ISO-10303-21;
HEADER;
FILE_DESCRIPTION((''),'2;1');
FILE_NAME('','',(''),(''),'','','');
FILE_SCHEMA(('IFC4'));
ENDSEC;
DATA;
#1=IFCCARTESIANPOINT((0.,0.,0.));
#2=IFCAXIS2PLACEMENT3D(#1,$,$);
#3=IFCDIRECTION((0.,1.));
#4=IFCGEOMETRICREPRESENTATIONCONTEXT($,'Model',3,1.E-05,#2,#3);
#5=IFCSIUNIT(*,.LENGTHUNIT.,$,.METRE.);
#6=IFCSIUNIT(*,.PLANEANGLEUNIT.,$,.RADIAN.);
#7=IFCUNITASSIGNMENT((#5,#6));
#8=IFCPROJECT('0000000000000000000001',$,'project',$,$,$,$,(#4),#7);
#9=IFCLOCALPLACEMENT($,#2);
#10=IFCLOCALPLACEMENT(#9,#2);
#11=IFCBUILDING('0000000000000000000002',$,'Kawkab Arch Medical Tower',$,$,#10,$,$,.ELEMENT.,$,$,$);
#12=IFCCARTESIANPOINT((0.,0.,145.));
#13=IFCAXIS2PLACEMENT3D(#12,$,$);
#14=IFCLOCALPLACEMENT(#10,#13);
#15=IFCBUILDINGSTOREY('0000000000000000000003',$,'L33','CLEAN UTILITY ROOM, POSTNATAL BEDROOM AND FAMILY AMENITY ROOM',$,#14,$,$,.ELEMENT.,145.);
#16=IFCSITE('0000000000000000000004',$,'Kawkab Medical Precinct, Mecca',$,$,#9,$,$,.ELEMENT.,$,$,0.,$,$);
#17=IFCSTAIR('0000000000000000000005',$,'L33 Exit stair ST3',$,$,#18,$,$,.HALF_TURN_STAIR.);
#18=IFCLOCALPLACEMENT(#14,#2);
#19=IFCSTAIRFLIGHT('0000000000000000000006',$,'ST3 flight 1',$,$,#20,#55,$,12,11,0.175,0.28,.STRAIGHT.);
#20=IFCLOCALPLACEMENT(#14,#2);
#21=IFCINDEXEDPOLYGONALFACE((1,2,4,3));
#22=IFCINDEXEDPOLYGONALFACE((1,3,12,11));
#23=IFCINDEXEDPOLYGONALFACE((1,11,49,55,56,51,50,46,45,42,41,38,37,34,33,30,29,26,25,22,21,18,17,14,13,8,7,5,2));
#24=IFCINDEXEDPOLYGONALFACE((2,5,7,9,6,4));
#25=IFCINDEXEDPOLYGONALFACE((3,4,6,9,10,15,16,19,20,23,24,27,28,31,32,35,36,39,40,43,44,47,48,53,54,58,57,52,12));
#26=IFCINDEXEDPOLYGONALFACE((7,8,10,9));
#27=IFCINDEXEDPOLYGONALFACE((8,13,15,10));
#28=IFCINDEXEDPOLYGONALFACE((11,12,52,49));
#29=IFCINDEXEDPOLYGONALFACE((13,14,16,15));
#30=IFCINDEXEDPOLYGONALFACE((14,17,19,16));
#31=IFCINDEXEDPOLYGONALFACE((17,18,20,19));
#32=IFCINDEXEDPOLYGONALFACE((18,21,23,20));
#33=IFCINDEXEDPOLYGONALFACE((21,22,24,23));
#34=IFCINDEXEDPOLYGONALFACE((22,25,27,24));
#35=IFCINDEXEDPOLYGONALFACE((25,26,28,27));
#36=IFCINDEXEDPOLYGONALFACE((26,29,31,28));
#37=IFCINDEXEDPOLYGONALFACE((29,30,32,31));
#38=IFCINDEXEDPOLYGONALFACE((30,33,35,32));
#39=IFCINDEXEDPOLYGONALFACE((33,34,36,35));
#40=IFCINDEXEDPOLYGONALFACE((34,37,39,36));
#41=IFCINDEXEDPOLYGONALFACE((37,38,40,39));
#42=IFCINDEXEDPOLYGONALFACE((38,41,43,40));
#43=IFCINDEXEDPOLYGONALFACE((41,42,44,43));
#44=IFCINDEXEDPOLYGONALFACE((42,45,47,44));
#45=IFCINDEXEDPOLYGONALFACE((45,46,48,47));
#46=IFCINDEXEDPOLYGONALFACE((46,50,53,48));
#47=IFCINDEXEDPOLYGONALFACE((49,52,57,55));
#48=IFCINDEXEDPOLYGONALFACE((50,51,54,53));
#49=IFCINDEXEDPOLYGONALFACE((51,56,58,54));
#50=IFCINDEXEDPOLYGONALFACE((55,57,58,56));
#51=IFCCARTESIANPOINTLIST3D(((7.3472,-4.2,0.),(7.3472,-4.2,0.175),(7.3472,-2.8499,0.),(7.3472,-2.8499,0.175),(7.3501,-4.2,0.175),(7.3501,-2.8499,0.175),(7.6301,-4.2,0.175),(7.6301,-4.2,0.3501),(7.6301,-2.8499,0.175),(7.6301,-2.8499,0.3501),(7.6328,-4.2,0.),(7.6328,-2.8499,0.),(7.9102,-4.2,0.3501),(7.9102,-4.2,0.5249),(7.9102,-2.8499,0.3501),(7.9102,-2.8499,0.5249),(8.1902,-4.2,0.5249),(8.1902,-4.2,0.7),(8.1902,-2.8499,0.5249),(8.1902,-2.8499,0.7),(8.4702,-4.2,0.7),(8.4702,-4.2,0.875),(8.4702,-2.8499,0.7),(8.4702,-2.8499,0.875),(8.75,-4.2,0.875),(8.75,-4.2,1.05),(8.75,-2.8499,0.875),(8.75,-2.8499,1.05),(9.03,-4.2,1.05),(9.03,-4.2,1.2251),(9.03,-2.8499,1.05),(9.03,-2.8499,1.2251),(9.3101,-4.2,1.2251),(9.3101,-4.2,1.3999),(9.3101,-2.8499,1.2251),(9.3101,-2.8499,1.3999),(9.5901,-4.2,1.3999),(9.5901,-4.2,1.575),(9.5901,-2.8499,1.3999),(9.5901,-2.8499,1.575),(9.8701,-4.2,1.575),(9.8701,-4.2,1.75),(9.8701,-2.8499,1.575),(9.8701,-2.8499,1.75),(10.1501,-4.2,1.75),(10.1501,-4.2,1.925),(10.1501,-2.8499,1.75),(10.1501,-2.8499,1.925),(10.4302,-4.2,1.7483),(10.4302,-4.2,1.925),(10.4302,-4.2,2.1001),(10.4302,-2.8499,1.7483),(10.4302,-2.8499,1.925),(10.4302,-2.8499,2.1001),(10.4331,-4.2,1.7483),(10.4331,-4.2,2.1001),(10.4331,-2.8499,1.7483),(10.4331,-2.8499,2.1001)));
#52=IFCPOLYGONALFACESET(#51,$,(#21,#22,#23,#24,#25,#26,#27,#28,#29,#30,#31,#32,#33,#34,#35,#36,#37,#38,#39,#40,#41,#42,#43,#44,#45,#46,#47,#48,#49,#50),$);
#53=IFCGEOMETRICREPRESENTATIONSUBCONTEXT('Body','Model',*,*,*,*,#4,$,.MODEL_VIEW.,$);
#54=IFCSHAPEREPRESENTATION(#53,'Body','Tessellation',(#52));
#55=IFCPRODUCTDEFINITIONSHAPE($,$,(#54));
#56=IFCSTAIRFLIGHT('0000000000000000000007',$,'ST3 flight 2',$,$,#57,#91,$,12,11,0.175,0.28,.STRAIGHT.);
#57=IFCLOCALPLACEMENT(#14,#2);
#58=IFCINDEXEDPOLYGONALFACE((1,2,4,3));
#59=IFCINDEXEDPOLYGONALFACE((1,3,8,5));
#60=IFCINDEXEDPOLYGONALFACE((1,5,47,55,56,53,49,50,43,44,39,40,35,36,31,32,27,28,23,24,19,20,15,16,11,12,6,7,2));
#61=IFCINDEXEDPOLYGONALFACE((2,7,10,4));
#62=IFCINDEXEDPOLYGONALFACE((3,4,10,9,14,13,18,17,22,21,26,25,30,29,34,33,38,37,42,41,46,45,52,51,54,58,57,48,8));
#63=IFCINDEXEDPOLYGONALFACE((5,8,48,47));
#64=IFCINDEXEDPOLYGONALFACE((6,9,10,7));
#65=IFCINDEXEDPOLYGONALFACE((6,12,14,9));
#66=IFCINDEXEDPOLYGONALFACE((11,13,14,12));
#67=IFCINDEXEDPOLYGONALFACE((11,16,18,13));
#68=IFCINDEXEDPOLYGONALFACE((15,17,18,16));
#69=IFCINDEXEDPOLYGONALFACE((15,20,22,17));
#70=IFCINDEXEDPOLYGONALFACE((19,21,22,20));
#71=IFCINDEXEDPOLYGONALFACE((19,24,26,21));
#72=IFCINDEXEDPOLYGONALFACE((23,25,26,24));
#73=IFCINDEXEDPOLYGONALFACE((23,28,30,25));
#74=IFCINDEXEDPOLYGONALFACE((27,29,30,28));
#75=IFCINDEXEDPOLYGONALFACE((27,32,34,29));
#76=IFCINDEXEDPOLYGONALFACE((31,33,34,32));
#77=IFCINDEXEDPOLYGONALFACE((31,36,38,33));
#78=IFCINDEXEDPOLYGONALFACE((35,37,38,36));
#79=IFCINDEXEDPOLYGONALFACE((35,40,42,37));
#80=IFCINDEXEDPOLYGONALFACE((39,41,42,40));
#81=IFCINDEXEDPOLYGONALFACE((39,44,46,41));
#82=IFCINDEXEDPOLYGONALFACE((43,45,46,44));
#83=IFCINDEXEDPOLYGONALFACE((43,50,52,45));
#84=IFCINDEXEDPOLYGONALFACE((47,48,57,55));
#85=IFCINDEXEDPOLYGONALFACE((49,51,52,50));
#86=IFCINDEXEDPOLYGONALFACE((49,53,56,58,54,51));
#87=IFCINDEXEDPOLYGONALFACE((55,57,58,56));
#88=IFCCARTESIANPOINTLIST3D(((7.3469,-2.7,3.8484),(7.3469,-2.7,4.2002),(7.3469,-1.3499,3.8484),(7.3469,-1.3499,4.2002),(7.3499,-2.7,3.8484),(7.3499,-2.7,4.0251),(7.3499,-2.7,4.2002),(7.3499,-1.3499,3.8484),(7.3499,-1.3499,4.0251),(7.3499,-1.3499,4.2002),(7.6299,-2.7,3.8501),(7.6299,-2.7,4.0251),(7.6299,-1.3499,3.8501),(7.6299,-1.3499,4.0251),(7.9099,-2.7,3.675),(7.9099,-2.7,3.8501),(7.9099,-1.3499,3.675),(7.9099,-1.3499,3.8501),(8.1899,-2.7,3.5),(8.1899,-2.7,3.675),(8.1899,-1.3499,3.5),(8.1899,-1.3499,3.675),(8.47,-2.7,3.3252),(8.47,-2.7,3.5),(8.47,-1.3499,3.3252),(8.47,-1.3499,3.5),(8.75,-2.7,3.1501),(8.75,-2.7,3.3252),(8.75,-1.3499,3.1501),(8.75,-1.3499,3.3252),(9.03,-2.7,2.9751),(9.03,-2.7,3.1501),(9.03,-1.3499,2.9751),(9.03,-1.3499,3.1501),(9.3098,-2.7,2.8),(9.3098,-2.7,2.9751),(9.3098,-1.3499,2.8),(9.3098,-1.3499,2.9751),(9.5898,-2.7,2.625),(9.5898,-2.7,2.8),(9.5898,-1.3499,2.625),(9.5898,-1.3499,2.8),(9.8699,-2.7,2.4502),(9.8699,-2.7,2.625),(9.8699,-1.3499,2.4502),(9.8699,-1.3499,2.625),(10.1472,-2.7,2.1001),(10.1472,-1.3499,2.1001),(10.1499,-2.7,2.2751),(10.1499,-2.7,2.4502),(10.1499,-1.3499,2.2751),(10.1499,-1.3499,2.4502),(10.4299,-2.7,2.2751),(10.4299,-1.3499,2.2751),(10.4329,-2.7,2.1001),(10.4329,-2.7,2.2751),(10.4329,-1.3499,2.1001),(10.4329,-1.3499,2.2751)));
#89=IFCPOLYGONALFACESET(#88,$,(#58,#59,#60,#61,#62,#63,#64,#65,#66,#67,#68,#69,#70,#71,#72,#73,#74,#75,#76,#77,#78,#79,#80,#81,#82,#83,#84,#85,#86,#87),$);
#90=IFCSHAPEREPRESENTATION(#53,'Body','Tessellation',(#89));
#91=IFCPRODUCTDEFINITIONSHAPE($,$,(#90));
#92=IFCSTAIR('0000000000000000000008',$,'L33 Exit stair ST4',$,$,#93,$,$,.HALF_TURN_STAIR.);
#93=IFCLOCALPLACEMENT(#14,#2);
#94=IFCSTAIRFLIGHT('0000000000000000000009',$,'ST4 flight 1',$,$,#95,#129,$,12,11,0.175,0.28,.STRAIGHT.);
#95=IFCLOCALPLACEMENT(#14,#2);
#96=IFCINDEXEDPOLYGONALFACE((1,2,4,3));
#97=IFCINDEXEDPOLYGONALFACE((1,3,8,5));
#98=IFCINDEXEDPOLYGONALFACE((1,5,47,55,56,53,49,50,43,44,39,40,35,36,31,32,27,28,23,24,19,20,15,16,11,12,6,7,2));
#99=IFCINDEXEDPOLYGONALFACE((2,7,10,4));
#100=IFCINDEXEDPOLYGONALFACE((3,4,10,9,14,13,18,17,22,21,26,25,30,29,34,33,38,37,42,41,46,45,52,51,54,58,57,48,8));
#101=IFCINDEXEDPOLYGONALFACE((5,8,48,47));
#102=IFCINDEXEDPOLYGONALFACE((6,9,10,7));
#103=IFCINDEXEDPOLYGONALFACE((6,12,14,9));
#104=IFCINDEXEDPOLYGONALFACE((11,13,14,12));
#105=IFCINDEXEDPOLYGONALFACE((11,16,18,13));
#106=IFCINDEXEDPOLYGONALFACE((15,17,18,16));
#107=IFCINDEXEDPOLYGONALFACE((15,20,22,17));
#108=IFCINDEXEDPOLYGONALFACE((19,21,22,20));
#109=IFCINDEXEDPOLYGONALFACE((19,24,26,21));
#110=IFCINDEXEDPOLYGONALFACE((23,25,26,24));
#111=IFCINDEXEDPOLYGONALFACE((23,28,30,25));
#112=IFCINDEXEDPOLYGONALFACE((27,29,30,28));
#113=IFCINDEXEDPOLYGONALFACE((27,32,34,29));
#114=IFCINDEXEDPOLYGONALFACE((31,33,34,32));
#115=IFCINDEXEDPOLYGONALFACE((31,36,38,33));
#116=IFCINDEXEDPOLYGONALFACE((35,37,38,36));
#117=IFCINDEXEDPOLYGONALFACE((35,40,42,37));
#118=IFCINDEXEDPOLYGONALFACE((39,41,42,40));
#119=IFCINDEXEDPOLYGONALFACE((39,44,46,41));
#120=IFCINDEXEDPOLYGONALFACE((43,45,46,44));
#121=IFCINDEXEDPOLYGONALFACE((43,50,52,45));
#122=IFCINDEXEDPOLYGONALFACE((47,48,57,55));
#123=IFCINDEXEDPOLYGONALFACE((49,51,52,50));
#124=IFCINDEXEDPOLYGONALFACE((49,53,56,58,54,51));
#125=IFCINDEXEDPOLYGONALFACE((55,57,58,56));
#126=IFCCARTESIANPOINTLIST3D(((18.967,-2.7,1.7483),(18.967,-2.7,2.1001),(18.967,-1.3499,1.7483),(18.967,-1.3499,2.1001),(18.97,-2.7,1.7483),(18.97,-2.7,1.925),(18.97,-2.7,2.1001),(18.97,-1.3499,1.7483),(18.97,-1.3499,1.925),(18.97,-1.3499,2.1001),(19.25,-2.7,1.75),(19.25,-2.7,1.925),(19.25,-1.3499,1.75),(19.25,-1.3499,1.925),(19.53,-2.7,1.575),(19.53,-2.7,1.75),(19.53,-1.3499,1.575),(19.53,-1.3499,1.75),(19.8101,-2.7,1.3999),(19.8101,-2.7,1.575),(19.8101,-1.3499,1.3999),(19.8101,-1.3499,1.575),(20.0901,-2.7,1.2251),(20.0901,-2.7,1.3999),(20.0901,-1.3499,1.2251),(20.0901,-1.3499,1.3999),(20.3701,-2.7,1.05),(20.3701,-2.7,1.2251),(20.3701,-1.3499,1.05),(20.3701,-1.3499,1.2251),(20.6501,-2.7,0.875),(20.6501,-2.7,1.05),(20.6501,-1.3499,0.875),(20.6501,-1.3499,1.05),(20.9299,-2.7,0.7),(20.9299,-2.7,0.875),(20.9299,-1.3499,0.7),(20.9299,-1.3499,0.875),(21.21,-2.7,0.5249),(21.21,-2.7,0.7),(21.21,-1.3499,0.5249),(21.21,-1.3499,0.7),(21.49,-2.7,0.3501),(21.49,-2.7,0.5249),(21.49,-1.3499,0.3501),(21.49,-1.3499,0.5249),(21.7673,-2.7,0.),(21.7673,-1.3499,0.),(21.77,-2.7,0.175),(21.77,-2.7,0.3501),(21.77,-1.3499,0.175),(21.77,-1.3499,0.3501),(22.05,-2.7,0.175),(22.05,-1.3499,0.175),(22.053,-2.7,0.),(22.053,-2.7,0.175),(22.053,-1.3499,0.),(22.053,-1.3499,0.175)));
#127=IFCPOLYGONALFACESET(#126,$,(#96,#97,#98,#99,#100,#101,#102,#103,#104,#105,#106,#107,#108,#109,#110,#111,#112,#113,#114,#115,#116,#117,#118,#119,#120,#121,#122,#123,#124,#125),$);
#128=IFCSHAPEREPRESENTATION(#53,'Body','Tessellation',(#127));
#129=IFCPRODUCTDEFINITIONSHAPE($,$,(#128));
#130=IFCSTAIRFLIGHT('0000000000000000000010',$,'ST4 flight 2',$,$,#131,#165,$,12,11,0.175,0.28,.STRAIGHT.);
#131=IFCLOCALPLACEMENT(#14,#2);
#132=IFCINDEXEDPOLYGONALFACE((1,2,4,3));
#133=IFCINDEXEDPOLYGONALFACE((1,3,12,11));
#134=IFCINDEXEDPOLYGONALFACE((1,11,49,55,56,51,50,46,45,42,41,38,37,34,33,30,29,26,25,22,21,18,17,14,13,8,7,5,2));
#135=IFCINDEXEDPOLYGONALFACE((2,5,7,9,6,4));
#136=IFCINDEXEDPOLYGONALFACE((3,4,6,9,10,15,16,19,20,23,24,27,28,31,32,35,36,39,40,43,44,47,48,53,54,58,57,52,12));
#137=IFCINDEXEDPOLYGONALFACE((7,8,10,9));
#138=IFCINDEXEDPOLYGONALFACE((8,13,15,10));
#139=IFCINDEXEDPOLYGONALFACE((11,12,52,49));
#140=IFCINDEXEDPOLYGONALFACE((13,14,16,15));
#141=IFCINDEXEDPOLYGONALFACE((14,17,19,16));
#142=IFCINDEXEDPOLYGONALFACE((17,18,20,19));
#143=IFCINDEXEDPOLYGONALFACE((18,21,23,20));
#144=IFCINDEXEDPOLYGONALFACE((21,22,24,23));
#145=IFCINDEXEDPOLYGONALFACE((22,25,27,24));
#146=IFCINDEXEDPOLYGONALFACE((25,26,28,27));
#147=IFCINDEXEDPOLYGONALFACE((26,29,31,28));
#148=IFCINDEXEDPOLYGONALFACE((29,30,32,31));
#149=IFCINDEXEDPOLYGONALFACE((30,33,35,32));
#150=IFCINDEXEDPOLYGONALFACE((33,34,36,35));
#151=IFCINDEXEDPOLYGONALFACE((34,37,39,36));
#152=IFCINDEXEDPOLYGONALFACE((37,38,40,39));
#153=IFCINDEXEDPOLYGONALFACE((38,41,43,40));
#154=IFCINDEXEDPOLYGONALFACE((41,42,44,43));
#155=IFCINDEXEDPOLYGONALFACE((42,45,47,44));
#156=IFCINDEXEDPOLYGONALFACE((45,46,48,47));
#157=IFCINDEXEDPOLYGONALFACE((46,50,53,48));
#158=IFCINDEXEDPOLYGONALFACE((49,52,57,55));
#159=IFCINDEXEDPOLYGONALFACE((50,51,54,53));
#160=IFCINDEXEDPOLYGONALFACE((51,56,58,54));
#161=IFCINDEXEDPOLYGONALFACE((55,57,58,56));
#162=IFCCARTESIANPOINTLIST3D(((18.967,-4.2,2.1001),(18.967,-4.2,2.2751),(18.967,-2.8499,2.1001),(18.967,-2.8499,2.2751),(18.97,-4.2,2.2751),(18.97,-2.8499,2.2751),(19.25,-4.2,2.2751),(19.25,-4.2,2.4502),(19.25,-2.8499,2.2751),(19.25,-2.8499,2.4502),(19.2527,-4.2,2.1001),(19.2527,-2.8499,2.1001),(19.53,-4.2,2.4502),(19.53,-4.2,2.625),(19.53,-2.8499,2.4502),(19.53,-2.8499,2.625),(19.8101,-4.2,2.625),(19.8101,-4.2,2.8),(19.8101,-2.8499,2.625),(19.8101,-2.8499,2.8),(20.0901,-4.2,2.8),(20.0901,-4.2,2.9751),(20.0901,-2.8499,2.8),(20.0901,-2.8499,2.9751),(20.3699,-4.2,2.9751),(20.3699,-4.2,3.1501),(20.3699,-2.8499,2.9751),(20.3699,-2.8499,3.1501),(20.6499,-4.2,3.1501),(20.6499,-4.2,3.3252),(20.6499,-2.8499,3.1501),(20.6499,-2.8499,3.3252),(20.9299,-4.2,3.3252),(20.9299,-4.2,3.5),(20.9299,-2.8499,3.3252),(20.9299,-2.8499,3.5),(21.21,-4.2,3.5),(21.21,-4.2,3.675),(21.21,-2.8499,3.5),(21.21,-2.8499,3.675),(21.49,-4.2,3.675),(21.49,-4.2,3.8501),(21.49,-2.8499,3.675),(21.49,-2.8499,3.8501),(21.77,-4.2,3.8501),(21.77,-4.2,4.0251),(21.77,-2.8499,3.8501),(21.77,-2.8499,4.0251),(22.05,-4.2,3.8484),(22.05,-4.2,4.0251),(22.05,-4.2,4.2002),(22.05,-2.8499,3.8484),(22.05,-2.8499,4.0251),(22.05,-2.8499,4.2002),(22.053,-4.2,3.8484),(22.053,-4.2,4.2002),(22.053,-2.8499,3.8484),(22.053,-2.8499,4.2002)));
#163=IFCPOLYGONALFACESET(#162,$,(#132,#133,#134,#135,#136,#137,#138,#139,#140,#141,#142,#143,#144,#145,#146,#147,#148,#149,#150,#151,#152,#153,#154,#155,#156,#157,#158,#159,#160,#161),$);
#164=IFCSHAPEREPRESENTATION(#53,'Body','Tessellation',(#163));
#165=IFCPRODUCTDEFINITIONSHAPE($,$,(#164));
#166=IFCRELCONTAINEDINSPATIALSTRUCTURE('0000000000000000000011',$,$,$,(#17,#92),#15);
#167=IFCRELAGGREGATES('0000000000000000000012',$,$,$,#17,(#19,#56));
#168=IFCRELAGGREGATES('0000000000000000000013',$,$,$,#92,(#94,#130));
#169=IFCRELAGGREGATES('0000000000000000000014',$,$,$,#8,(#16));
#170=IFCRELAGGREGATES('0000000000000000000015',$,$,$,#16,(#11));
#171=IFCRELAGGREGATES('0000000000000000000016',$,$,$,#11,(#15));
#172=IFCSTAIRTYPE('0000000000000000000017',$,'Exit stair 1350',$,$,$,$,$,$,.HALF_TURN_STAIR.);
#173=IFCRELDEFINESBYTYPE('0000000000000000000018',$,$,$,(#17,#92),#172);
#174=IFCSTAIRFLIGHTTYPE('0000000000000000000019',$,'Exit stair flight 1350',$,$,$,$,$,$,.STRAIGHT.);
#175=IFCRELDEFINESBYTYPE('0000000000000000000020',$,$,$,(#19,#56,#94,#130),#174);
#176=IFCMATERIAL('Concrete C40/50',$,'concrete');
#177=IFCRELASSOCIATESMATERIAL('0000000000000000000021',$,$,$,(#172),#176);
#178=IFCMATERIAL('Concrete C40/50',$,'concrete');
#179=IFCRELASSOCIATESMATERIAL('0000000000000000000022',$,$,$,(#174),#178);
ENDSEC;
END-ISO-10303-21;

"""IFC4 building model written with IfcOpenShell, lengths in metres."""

from ifc_helpers import new_model, si_unit, direction, frame, origin, place, context, subcontext, project, spatial, polyline, outline, extrude, material, type_object, element, aggregate, save


model = new_model("IFC4")

# Units and contexts
model_context = context("Model", 3, precision=1e-05, world=origin(), true_north=direction((0.0, 1.0)))
body_context = subcontext(model_context, "Body", "Model", "MODEL_VIEW")
ifc_project = project(units=[si_unit("LENGTHUNIT", "METRE"), si_unit("PLANEANGLEUNIT", "RADIAN")], contexts=[model_context])

# Site, building, storey
site_placement = place(None, origin())
site = spatial("IfcSite", under=ifc_project, at=site_placement, Name="Kawkab Medical Precinct, Mecca", CompositionType="ELEMENT", RefElevation=0.0)
building_placement = place(site_placement, origin())
building = spatial("IfcBuilding", under=site, at=building_placement, Name="Kawkab Arch Medical Tower", CompositionType="ELEMENT")
storey_placement = place(building_placement, frame((0.0, 0.0, 145.0)))
storey = spatial("IfcBuildingStorey", under=building, at=storey_placement, Name="L33", Description="CLEAN UTILITY ROOM, POSTNATAL BEDROOM AND FAMILY AMENITY ROOM", CompositionType="ELEMENT", Elevation=145.0)

# Shared definitions
placement = place(storey_placement, origin())

# Stairs, stair flights
ifc_material_1 = material(Name="Concrete C40/50", Category="concrete")
stair_type = type_object("IfcStairType", Name="Exit stair 1350", PredefinedType="HALF_TURN_STAIR", material=ifc_material_1)
stair_1 = element("IfcStair", 1, at=placement, inside=storey, type_object=stair_type, Name="L33 Exit stair ST3", PredefinedType="HALF_TURN_STAIR")
ifc_material_2 = material(Name="Concrete C40/50", Category="concrete")
stair_flight_type = type_object("IfcStairFlightType", Name="Exit stair flight 1350", PredefinedType="STRAIGHT", material=ifc_material_2)
stair_flight_1_placement = place(storey_placement, frame((7.3501, -3.5249, 0.0), z_axis=(0.0, 0.0, 1.0), x_axis=(1.0, 0.0, 0.0)))
stair_flight_1 = element("IfcStairFlight", 2, at=stair_flight_1_placement, type_object=stair_flight_type, Name="ST3 flight 1", NumberOfRisers=12, NumberOfTreads=11, PredefinedType="STRAIGHT", RiserHeight=0.175, TreadLength=0.28, context=body_context, shape_type="SweptSolid", body=[
    extrude(outline(polyline([(-0.0029, 0.0), (-0.0029, 0.175), (0.0, 0.175), (0.28, 0.175), (0.28, 0.3501), (0.5601, 0.3501), (0.5601, 0.5249), (0.8401, 0.5249), (0.8401, 0.7), (1.1201, 0.7), (1.1201, 0.875), (1.3999, 0.875), (1.3999, 1.05), (1.6799, 1.05), (1.6799, 1.2251), (1.96, 1.2251), (1.96, 1.3999), (2.24, 1.3999), (2.24, 1.575), (2.52, 1.575), (2.52, 1.75), (2.8, 1.75), (2.8, 1.925), (3.0801, 1.925), (3.0801, 2.1001), (3.083, 2.1001), (3.083, 1.7483), (3.0801, 1.7483), (0.2827, 0.0), (-0.0029, 0.0)])), frame((0.0, 0.675, 0.0), z_axis=(0.0, -1.0, 0.0), x_axis=(1.0, 0.0, 0.0)), (0.0, 0.0, 1.0), 1.3501),
])
stair_flight_2_placement = place(storey_placement, frame((10.4299, -2.0249, 2.1001), z_axis=(0.0, 0.0, 1.0), x_axis=(-1.0, 0.0, 0.0)))
stair_flight_2 = element("IfcStairFlight", 3, at=stair_flight_2_placement, type_object=stair_flight_type, Name="ST3 flight 2", NumberOfRisers=12, NumberOfTreads=11, PredefinedType="STRAIGHT", RiserHeight=0.175, TreadLength=0.28, context=body_context, shape_type="SweptSolid", body=[
    extrude(outline(polyline([(-0.0029, 0.0), (-0.0029, 0.175), (0.0, 0.175), (0.28, 0.175), (0.28, 0.3501), (0.5601, 0.3501), (0.5601, 0.5249), (0.8401, 0.5249), (0.8401, 0.7), (1.1201, 0.7), (1.1201, 0.875), (1.3999, 0.875), (1.3999, 1.05), (1.6799, 1.05), (1.6799, 1.2251), (1.96, 1.2251), (1.96, 1.3999), (2.24, 1.3999), (2.24, 1.575), (2.52, 1.575), (2.52, 1.75), (2.8, 1.75), (2.8, 1.925), (3.0801, 1.925), (3.0801, 2.1001), (3.083, 2.1001), (3.083, 1.7483), (3.0801, 1.7483), (0.2827, 0.0), (-0.0029, 0.0)])), frame((0.0, 0.675, 0.0), z_axis=(0.0, -1.0, 0.0), x_axis=(1.0, 0.0, 0.0)), (0.0, 0.0, 1.0), 1.3501),
])
aggregate(stair_1, [stair_flight_1, stair_flight_2])
stair_2 = element("IfcStair", 4, at=placement, inside=storey, type_object=stair_type, Name="L33 Exit stair ST4", PredefinedType="HALF_TURN_STAIR")
stair_flight_3_placement = place(storey_placement, frame((22.05, -2.0249, 0.0), z_axis=(0.0, 0.0, 1.0), x_axis=(-1.0, 0.0, 0.0)))
stair_flight_3 = element("IfcStairFlight", 5, at=stair_flight_3_placement, type_object=stair_flight_type, Name="ST4 flight 1", NumberOfRisers=12, NumberOfTreads=11, PredefinedType="STRAIGHT", RiserHeight=0.175, TreadLength=0.28, context=body_context, shape_type="SweptSolid", body=[
    extrude(outline(polyline([(-0.0029, 0.0), (-0.0029, 0.175), (0.0, 0.175), (0.28, 0.175), (0.28, 0.3501), (0.5601, 0.3501), (0.5601, 0.5249), (0.8401, 0.5249), (0.8401, 0.7), (1.1201, 0.7), (1.1201, 0.875), (1.3999, 0.875), (1.3999, 1.05), (1.6799, 1.05), (1.6799, 1.2251), (1.96, 1.2251), (1.96, 1.3999), (2.24, 1.3999), (2.24, 1.575), (2.52, 1.575), (2.52, 1.75), (2.8, 1.75), (2.8, 1.925), (3.0801, 1.925), (3.0801, 2.1001), (3.083, 2.1001), (3.083, 1.7483), (3.0801, 1.7483), (0.2827, 0.0), (-0.0029, 0.0)])), frame((0.0, 0.675, 0.0), z_axis=(0.0, -1.0, 0.0), x_axis=(1.0, 0.0, 0.0)), (0.0, 0.0, 1.0), 1.3501),
])
stair_flight_4_placement = place(storey_placement, frame((18.97, -3.5249, 2.1001), z_axis=(0.0, 0.0, 1.0), x_axis=(1.0, 0.0, 0.0)))
stair_flight_4 = element("IfcStairFlight", 6, at=stair_flight_4_placement, type_object=stair_flight_type, Name="ST4 flight 2", NumberOfRisers=12, NumberOfTreads=11, PredefinedType="STRAIGHT", RiserHeight=0.175, TreadLength=0.28, context=body_context, shape_type="SweptSolid", body=[
    extrude(outline(polyline([(-0.0029, 0.0), (-0.0029, 0.175), (0.0, 0.175), (0.28, 0.175), (0.28, 0.3501), (0.5601, 0.3501), (0.5601, 0.5249), (0.8401, 0.5249), (0.8401, 0.7), (1.1201, 0.7), (1.1201, 0.875), (1.3999, 0.875), (1.3999, 1.05), (1.6799, 1.05), (1.6799, 1.2251), (1.96, 1.2251), (1.96, 1.3999), (2.24, 1.3999), (2.24, 1.575), (2.52, 1.575), (2.52, 1.75), (2.8, 1.75), (2.8, 1.925), (3.0801, 1.925), (3.0801, 2.1001), (3.083, 2.1001), (3.083, 1.7483), (3.0801, 1.7483), (0.2827, 0.0), (-0.0029, 0.0)])), frame((0.0, 0.675, 0.0), z_axis=(0.0, -1.0, 0.0), x_axis=(1.0, 0.0, 0.0)), (0.0, 0.0, 1.0), 1.3501),
])
aggregate(stair_2, [stair_flight_3, stair_flight_4])

save(model, "model.ifc")
